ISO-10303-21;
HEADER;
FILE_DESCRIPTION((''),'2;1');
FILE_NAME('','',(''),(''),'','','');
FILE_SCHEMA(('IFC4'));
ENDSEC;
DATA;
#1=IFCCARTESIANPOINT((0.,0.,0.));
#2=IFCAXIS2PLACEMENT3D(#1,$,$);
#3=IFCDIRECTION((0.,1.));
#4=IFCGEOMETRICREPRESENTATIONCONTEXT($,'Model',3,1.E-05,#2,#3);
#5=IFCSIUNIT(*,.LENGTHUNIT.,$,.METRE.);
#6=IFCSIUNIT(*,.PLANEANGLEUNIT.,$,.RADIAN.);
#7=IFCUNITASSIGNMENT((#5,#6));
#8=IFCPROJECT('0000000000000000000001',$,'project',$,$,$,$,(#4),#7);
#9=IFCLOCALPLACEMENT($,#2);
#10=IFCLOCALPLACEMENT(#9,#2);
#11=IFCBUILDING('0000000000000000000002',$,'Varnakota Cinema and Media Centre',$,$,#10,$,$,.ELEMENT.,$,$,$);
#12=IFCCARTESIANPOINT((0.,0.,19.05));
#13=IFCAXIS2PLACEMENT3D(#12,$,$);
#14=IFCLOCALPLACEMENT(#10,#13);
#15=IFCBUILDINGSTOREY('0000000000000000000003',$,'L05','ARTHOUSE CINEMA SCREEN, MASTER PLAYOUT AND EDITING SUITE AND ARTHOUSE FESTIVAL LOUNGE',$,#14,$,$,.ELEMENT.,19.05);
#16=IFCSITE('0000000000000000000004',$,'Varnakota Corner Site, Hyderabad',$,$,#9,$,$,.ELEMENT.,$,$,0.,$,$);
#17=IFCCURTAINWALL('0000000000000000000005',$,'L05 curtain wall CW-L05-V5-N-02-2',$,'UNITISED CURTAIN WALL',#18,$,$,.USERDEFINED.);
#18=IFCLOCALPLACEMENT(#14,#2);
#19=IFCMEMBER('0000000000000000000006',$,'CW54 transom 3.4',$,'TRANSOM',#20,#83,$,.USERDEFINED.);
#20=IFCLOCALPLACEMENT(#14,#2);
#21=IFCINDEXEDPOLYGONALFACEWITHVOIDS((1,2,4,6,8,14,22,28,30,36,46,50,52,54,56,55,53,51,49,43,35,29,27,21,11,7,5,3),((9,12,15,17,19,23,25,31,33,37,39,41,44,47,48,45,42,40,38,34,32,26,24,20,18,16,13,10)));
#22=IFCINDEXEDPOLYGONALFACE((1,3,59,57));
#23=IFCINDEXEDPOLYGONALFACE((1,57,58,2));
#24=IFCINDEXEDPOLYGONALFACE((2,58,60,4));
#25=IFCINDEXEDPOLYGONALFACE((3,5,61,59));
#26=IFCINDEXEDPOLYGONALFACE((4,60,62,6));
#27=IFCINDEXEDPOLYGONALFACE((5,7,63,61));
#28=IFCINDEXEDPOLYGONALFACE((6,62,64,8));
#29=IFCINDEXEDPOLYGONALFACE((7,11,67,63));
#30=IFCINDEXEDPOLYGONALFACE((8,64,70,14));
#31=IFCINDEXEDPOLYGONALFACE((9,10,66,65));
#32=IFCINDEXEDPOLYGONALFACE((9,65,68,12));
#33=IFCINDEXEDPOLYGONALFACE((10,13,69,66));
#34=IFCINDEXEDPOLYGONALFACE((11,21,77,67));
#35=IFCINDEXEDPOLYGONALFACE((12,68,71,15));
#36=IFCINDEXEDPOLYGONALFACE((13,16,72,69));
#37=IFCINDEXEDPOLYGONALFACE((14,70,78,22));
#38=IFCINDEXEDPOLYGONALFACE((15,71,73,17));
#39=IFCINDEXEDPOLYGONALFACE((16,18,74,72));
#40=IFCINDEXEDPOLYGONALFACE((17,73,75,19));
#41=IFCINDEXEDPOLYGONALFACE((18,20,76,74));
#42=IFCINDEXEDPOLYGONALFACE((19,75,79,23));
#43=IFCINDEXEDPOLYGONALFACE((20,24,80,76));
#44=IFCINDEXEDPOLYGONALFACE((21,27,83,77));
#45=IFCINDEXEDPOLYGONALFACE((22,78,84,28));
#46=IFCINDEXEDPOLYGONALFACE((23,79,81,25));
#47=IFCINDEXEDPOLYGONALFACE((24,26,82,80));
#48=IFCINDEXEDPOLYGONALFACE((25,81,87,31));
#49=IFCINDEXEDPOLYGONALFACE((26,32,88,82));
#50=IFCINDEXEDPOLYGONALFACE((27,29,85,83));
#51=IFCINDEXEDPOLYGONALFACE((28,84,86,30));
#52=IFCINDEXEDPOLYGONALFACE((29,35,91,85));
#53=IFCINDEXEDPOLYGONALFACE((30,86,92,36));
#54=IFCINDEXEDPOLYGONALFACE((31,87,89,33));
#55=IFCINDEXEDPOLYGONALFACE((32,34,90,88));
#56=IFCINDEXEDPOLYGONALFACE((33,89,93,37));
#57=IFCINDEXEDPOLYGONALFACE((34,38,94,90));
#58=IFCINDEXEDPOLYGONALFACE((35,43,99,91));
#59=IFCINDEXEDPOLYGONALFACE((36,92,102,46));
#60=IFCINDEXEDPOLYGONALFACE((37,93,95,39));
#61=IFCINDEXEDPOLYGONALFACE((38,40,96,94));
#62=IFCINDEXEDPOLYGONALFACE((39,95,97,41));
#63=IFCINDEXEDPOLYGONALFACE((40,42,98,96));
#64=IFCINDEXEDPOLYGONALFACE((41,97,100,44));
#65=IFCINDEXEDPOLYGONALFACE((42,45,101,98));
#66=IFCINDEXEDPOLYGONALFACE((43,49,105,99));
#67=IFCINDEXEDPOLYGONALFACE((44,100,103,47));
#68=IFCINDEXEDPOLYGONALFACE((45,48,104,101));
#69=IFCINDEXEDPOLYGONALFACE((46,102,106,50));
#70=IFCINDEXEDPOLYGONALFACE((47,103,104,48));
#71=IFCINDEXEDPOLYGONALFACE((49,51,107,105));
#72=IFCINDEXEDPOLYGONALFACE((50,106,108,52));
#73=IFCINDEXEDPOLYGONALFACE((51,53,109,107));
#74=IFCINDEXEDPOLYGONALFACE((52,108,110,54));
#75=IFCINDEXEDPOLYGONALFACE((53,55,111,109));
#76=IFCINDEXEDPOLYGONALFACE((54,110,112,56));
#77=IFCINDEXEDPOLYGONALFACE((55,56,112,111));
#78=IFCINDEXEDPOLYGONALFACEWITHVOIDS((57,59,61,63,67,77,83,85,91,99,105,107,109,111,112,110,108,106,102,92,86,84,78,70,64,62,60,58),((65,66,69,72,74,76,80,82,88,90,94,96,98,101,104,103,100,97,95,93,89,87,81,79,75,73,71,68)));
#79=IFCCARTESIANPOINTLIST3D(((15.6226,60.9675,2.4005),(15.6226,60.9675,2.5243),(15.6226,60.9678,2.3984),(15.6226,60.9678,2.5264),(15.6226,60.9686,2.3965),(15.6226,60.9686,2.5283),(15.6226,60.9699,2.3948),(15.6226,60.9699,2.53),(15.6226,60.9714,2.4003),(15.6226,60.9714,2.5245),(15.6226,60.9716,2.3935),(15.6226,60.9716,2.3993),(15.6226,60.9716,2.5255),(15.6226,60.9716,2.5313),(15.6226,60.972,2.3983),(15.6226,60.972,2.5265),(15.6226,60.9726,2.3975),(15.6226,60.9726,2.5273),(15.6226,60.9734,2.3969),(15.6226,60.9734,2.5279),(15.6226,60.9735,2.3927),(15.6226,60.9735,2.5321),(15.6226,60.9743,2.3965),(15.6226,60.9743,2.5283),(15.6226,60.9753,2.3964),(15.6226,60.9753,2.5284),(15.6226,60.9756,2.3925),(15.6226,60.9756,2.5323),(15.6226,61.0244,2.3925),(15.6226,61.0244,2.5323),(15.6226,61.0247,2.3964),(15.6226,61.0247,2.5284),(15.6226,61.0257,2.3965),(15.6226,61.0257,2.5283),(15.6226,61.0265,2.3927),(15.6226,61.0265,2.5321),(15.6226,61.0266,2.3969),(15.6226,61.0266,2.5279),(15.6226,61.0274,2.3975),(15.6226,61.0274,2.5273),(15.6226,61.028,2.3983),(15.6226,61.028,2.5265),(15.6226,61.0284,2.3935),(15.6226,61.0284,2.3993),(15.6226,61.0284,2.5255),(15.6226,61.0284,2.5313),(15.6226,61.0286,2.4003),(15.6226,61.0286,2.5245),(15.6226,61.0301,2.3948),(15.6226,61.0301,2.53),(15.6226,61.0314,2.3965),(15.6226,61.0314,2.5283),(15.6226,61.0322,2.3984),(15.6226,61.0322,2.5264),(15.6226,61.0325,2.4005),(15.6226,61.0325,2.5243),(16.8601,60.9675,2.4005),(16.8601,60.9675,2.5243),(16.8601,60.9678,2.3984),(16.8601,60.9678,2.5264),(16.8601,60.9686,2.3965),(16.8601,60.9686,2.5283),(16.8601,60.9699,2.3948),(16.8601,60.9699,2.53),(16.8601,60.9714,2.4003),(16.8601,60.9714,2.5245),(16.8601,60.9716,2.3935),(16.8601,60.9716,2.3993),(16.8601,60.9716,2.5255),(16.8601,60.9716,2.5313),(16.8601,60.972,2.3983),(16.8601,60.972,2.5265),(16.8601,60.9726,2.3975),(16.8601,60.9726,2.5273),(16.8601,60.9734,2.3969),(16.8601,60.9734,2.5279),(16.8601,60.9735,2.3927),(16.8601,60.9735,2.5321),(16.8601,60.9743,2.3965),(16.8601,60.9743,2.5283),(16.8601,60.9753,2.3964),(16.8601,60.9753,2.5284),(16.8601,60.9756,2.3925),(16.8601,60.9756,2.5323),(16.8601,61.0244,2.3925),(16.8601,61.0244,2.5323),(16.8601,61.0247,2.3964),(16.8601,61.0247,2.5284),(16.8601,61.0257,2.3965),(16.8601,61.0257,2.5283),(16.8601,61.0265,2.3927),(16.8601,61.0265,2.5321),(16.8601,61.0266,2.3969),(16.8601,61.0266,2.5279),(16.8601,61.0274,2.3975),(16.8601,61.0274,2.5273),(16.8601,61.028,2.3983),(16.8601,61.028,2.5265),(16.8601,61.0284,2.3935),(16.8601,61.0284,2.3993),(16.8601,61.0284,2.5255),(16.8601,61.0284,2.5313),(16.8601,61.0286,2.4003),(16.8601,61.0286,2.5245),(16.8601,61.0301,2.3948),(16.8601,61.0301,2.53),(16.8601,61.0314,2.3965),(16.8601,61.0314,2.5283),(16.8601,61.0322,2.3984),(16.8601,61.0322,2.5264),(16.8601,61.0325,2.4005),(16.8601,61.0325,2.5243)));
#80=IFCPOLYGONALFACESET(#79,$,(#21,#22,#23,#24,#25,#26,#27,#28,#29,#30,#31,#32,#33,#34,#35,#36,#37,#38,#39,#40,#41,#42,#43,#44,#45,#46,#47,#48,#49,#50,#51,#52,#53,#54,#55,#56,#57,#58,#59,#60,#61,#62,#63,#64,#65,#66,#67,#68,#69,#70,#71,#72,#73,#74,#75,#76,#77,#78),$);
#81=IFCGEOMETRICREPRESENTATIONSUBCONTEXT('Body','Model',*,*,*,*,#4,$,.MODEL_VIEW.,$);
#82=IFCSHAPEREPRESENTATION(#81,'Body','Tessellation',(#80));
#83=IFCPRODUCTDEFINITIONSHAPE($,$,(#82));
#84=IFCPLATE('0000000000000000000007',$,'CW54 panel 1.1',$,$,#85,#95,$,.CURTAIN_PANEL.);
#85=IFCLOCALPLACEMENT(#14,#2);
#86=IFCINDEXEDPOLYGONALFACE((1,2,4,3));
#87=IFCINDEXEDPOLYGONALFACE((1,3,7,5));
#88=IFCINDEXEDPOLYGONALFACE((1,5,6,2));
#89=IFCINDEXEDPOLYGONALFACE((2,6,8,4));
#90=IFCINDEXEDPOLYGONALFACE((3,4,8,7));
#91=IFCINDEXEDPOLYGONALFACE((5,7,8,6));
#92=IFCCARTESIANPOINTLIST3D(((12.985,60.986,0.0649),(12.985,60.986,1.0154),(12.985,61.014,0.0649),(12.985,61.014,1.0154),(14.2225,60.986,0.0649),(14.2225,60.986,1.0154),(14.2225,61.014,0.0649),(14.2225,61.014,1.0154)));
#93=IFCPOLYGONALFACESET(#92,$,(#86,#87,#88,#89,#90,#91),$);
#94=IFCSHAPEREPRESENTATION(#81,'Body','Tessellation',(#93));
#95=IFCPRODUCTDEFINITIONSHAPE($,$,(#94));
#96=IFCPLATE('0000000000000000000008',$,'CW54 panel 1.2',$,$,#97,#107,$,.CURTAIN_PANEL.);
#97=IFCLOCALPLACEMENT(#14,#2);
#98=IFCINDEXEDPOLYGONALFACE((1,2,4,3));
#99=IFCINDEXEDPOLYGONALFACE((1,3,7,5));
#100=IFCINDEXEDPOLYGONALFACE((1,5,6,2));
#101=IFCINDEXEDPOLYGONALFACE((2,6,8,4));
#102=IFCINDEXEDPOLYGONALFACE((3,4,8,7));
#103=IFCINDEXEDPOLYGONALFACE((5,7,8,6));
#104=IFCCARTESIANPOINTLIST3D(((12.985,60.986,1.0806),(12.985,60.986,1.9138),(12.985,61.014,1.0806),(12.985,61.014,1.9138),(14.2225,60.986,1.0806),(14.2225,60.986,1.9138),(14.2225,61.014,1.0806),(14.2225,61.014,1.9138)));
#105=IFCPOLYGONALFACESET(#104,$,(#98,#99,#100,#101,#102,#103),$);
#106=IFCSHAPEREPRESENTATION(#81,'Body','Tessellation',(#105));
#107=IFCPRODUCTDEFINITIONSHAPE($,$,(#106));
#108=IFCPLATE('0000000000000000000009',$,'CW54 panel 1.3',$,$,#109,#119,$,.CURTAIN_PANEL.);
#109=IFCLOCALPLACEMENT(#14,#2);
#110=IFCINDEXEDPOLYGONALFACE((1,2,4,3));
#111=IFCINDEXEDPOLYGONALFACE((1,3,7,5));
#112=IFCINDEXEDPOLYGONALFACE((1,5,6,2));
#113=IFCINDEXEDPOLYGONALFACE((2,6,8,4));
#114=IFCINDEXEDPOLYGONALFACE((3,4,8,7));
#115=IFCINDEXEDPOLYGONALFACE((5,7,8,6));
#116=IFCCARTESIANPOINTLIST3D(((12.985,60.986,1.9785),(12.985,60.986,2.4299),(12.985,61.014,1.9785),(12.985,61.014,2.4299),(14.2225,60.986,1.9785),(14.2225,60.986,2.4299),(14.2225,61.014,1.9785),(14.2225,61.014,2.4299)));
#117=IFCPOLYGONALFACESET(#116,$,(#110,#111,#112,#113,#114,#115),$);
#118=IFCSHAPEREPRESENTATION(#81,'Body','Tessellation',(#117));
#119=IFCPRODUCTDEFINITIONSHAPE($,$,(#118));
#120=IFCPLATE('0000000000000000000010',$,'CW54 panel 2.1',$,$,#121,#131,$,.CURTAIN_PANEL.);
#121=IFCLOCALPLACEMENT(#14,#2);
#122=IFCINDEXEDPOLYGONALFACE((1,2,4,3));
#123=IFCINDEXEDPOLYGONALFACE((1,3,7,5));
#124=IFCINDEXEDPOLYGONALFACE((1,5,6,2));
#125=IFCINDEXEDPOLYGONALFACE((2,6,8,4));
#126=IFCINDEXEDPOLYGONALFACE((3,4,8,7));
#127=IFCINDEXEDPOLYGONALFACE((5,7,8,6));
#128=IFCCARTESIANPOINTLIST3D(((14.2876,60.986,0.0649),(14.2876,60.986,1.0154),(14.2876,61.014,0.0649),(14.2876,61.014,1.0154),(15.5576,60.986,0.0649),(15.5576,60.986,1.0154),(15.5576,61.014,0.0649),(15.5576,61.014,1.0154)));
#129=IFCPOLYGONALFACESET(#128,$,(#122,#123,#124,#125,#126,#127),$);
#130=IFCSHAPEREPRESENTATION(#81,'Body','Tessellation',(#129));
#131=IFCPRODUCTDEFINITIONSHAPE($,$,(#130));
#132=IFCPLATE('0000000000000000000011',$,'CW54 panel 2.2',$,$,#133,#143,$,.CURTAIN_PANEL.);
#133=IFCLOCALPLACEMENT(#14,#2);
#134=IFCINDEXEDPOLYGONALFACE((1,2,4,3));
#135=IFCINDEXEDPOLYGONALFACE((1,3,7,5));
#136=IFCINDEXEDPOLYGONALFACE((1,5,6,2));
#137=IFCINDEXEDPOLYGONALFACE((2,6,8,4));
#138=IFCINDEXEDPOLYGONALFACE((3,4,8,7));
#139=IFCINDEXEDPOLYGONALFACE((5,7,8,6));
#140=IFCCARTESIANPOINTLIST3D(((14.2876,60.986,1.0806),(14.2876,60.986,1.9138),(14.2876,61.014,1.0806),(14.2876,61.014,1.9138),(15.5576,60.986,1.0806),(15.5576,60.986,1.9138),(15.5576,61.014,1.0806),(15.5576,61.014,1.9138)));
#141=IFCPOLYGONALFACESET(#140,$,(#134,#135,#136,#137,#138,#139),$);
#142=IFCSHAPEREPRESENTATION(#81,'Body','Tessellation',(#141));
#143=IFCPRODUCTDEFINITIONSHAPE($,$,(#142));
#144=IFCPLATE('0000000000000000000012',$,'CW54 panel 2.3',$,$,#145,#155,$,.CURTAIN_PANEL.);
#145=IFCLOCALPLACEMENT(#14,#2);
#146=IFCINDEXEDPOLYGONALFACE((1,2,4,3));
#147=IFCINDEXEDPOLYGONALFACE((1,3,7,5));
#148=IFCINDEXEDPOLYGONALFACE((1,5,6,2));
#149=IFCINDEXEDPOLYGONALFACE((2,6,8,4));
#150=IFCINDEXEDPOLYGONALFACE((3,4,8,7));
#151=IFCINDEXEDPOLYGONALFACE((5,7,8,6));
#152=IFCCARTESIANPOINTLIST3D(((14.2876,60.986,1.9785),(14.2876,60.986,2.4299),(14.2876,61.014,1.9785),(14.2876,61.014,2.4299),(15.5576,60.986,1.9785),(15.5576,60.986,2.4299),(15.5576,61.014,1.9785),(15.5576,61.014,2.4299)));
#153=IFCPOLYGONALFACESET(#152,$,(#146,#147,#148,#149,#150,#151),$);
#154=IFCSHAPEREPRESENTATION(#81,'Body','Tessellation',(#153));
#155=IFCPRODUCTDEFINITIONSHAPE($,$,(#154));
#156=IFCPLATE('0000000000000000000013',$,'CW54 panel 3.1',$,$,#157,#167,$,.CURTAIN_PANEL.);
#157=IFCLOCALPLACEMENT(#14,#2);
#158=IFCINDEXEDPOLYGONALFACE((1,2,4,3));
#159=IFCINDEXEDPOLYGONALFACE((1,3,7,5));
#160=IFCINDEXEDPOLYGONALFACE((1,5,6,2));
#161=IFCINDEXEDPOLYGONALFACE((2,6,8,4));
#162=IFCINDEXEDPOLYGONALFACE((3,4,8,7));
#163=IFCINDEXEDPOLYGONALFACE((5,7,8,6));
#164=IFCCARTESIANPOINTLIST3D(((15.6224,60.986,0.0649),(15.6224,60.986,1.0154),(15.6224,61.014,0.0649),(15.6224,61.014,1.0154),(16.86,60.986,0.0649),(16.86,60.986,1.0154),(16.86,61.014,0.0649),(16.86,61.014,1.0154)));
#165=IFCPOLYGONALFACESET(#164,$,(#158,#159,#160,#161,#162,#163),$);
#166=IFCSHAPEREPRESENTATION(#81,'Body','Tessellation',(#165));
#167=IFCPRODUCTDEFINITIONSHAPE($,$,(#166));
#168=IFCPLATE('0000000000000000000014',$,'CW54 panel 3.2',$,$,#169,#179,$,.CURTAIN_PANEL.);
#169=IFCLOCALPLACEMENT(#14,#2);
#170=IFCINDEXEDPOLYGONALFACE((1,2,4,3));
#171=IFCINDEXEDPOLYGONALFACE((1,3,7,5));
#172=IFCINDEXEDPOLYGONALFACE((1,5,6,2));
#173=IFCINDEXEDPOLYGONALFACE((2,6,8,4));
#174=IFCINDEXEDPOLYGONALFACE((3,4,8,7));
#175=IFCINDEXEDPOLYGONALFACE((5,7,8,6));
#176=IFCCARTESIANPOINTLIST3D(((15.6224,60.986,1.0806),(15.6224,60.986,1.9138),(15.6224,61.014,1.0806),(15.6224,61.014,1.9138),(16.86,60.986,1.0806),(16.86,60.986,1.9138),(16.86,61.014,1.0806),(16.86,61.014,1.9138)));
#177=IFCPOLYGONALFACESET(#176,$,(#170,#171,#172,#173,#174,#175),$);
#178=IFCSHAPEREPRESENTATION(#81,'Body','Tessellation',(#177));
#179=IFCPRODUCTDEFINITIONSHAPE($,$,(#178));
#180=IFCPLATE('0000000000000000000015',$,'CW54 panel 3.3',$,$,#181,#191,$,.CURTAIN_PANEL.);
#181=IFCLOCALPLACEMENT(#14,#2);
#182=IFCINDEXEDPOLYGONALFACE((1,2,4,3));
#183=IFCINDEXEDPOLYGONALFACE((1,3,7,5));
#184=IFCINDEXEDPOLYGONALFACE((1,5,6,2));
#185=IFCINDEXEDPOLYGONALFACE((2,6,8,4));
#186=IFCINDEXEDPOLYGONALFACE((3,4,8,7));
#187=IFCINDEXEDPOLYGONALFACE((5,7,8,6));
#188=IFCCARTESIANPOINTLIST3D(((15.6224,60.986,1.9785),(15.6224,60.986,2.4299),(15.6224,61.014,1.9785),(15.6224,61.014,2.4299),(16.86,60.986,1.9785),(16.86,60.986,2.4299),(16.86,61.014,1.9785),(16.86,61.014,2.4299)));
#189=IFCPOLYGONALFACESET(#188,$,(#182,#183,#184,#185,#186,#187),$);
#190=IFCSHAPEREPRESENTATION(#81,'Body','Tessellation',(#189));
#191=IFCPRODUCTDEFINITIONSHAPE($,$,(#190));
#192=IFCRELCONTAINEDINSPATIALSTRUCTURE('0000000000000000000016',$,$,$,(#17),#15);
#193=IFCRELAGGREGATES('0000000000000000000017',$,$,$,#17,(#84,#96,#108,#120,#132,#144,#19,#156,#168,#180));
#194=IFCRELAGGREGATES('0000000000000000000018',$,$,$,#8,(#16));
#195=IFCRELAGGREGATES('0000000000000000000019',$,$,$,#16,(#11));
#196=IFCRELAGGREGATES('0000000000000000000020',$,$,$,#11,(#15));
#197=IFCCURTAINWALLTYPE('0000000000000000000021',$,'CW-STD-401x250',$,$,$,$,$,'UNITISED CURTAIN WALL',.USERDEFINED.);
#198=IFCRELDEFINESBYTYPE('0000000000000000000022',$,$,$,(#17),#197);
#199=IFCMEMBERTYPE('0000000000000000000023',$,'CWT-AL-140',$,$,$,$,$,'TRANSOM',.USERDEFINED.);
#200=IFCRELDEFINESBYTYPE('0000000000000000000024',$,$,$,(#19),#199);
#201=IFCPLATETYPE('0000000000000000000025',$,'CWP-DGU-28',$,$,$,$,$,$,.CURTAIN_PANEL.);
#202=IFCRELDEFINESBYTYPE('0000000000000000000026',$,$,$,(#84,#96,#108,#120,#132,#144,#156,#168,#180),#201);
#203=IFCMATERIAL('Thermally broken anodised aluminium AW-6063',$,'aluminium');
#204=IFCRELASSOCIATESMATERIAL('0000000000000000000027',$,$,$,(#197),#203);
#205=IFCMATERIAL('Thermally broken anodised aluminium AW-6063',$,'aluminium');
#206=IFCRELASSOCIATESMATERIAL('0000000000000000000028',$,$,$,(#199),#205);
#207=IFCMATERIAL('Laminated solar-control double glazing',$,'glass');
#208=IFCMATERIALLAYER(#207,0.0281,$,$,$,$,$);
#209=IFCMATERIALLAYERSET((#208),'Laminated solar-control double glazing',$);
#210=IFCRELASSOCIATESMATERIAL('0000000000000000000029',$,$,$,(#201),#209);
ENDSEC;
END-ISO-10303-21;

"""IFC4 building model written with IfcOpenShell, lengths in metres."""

from ifc_helpers import new_model, si_unit, direction, frame, origin, origin_2d, place, context, subcontext, project, spatial, rectangle, hollow_rectangle, extrude, material, layer, layer_set, material_profile, profile_set, type_object, element, aggregate, save


model = new_model("IFC4")

# Units and contexts
model_context = context("Model", 3, precision=1e-05, world=origin(), true_north=direction((0.0, 1.0)))
body_context = subcontext(model_context, "Body", "Model", "MODEL_VIEW")
ifc_project = project(units=[si_unit("LENGTHUNIT", "METRE"), si_unit("PLANEANGLEUNIT", "RADIAN")], contexts=[model_context])

# Site, building, storey
site_placement = place(None, origin())
site = spatial("IfcSite", under=ifc_project, at=site_placement, Name="Varnakota Corner Site, Hyderabad", CompositionType="ELEMENT", RefElevation=0.0)
building_placement = place(site_placement, origin())
building = spatial("IfcBuilding", under=site, at=building_placement, Name="Varnakota Cinema and Media Centre", CompositionType="ELEMENT")
storey_placement = place(building_placement, frame((0.0, 0.0, 19.05)))
storey = spatial("IfcBuildingStorey", under=building, at=storey_placement, Name="L05", Description="ARTHOUSE CINEMA SCREEN, MASTER PLAYOUT AND EDITING SUITE AND ARTHOUSE FESTIVAL LOUNGE", CompositionType="ELEMENT", Elevation=19.05)

# Curtain wall, member, plates
ifc_material_1 = material(Name="Thermally broken anodised aluminium AW-6063", Category="aluminium")
curtain_wall_type = type_object("IfcCurtainWallType", Name="CW-STD-401x250", ElementType="UNITISED CURTAIN WALL", PredefinedType="USERDEFINED", material=ifc_material_1)
curtain_wall_placement = place(storey_placement, origin())
curtain_wall = element("IfcCurtainWall", 1, at=curtain_wall_placement, inside=storey, type_object=curtain_wall_type, Name="L05 curtain wall CW-L05-V5-N-02-2", ObjectType="UNITISED CURTAIN WALL", PredefinedType="USERDEFINED")
ifc_material_2 = material(Name="Thermally broken anodised aluminium AW-6063", Category="aluminium")
ifc_material_profile_1 = material_profile(ifc_material_2, hollow_rectangle(XDim=0.0649, YDim=0.1399, WallThickness=0.0039, InnerFilletRadius=0.0039, OuterFilletRadius=0.0081, at=origin_2d()), Name="AL-TRANSOM 140x65x4")
ifc_profile_set_1 = profile_set([ifc_material_profile_1], Name="Thermally broken anodised aluminium AW-6063")
member_type_1 = type_object("IfcMemberType", Name="CWT-AL-140", ElementType="TRANSOM", PredefinedType="USERDEFINED", material=ifc_profile_set_1)
member_1_placement = place(storey_placement, frame((15.6226, 61.0, 2.4624), z_axis=(1.0, 0.0, 0.0), x_axis=(0.0, 1.0, 0.0)))
member_1 = element("IfcMember", 2, at=member_1_placement, type_object=member_type_1, Name="CW54 transom 3.4", ObjectType="TRANSOM", PredefinedType="USERDEFINED", context=body_context, shape_type="SweptSolid", body=[
    extrude(hollow_rectangle(XDim=0.0649, YDim=0.1399, WallThickness=0.0039, InnerFilletRadius=0.0039, OuterFilletRadius=0.0081, at=origin_2d()), origin(), (0.0, 0.0, 1.0), 1.2375),
])
ifc_material_3 = material(Name="Laminated solar-control double glazing", Category="glass")
ifc_layer = layer(ifc_material_3, 0.0281)
ifc_layer_set = layer_set([ifc_layer], Name="Laminated solar-control double glazing")
plate_type = type_object("IfcPlateType", Name="CWP-DGU-28", PredefinedType="CURTAIN_PANEL", material=ifc_layer_set)
plate_1_placement = place(storey_placement, frame((13.6038, 61.0, 0.0649), z_axis=(0.0, 0.0, 1.0), x_axis=(1.0, 0.0, 0.0)))
plate_1 = element("IfcPlate", 3, at=plate_1_placement, type_object=plate_type, Name="CW54 panel 1.1", PredefinedType="CURTAIN_PANEL", context=body_context, shape_type="SweptSolid", body=[
    extrude(rectangle(XDim=1.2375, YDim=0.0281, at=origin_2d()), origin(), (0.0, 0.0, 1.0), 0.9504),
])
plate_2_placement = place(storey_placement, frame((13.6038, 61.0, 1.0806), z_axis=(0.0, 0.0, 1.0), x_axis=(1.0, 0.0, 0.0)))
plate_2 = element("IfcPlate", 4, at=plate_2_placement, type_object=plate_type, Name="CW54 panel 1.2", PredefinedType="CURTAIN_PANEL", context=body_context, shape_type="SweptSolid", body=[
    extrude(rectangle(XDim=1.2375, YDim=0.0281, at=origin_2d()), origin(), (0.0, 0.0, 1.0), 0.8333),
])
plate_3_placement = place(storey_placement, frame((13.6038, 61.0, 1.9785), z_axis=(0.0, 0.0, 1.0), x_axis=(1.0, 0.0, 0.0)))
plate_3 = element("IfcPlate", 5, at=plate_3_placement, type_object=plate_type, Name="CW54 panel 1.3", PredefinedType="CURTAIN_PANEL", context=body_context, shape_type="SweptSolid", body=[
    extrude(rectangle(XDim=1.2375, YDim=0.0281, at=origin_2d()), origin(), (0.0, 0.0, 1.0), 0.4514),
])
plate_4_placement = place(storey_placement, frame((14.9226, 61.0, 0.0649), z_axis=(0.0, 0.0, 1.0), x_axis=(1.0, 0.0, 0.0)))
plate_4 = element("IfcPlate", 6, at=plate_4_placement, type_object=plate_type, Name="CW54 panel 2.1", PredefinedType="CURTAIN_PANEL", context=body_context, shape_type="SweptSolid", body=[
    extrude(rectangle(XDim=1.27, YDim=0.0281, at=origin_2d()), origin(), (0.0, 0.0, 1.0), 0.9504),
])
plate_5_placement = place(storey_placement, frame((14.9226, 61.0, 1.0806), z_axis=(0.0, 0.0, 1.0), x_axis=(1.0, 0.0, 0.0)))
plate_5 = element("IfcPlate", 7, at=plate_5_placement, type_object=plate_type, Name="CW54 panel 2.2", PredefinedType="CURTAIN_PANEL", context=body_context, shape_type="SweptSolid", body=[
    extrude(rectangle(XDim=1.27, YDim=0.0281, at=origin_2d()), origin(), (0.0, 0.0, 1.0), 0.8333),
])
plate_6_placement = place(storey_placement, frame((14.9226, 61.0, 1.9785), z_axis=(0.0, 0.0, 1.0), x_axis=(1.0, 0.0, 0.0)))
plate_6 = element("IfcPlate", 8, at=plate_6_placement, type_object=plate_type, Name="CW54 panel 2.3", PredefinedType="CURTAIN_PANEL", context=body_context, shape_type="SweptSolid", body=[
    extrude(rectangle(XDim=1.27, YDim=0.0281, at=origin_2d()), origin(), (0.0, 0.0, 1.0), 0.4514),
])
plate_7_placement = place(storey_placement, frame((16.2412, 61.0, 0.0649), z_axis=(0.0, 0.0, 1.0), x_axis=(1.0, 0.0, 0.0)))
plate_7 = element("IfcPlate", 9, at=plate_7_placement, type_object=plate_type, Name="CW54 panel 3.1", PredefinedType="CURTAIN_PANEL", context=body_context, shape_type="SweptSolid", body=[
    extrude(rectangle(XDim=1.2375, YDim=0.0281, at=origin_2d()), origin(), (0.0, 0.0, 1.0), 0.9504),
])
plate_8_placement = place(storey_placement, frame((16.2412, 61.0, 1.0806), z_axis=(0.0, 0.0, 1.0), x_axis=(1.0, 0.0, 0.0)))
plate_8 = element("IfcPlate", 10, at=plate_8_placement, type_object=plate_type, Name="CW54 panel 3.2", PredefinedType="CURTAIN_PANEL", context=body_context, shape_type="SweptSolid", body=[
    extrude(rectangle(XDim=1.2375, YDim=0.0281, at=origin_2d()), origin(), (0.0, 0.0, 1.0), 0.8333),
])
plate_9_placement = place(storey_placement, frame((16.2412, 61.0, 1.9785), z_axis=(0.0, 0.0, 1.0), x_axis=(1.0, 0.0, 0.0)))
plate_9 = element("IfcPlate", 11, at=plate_9_placement, type_object=plate_type, Name="CW54 panel 3.3", PredefinedType="CURTAIN_PANEL", context=body_context, shape_type="SweptSolid", body=[
    extrude(rectangle(XDim=1.2375, YDim=0.0281, at=origin_2d()), origin(), (0.0, 0.0, 1.0), 0.4514),
])
aggregate(curtain_wall, [plate_1, plate_2, plate_3, plate_4, plate_5, plate_6, member_1, plate_7, plate_8, plate_9])

save(model, "model.ifc")
